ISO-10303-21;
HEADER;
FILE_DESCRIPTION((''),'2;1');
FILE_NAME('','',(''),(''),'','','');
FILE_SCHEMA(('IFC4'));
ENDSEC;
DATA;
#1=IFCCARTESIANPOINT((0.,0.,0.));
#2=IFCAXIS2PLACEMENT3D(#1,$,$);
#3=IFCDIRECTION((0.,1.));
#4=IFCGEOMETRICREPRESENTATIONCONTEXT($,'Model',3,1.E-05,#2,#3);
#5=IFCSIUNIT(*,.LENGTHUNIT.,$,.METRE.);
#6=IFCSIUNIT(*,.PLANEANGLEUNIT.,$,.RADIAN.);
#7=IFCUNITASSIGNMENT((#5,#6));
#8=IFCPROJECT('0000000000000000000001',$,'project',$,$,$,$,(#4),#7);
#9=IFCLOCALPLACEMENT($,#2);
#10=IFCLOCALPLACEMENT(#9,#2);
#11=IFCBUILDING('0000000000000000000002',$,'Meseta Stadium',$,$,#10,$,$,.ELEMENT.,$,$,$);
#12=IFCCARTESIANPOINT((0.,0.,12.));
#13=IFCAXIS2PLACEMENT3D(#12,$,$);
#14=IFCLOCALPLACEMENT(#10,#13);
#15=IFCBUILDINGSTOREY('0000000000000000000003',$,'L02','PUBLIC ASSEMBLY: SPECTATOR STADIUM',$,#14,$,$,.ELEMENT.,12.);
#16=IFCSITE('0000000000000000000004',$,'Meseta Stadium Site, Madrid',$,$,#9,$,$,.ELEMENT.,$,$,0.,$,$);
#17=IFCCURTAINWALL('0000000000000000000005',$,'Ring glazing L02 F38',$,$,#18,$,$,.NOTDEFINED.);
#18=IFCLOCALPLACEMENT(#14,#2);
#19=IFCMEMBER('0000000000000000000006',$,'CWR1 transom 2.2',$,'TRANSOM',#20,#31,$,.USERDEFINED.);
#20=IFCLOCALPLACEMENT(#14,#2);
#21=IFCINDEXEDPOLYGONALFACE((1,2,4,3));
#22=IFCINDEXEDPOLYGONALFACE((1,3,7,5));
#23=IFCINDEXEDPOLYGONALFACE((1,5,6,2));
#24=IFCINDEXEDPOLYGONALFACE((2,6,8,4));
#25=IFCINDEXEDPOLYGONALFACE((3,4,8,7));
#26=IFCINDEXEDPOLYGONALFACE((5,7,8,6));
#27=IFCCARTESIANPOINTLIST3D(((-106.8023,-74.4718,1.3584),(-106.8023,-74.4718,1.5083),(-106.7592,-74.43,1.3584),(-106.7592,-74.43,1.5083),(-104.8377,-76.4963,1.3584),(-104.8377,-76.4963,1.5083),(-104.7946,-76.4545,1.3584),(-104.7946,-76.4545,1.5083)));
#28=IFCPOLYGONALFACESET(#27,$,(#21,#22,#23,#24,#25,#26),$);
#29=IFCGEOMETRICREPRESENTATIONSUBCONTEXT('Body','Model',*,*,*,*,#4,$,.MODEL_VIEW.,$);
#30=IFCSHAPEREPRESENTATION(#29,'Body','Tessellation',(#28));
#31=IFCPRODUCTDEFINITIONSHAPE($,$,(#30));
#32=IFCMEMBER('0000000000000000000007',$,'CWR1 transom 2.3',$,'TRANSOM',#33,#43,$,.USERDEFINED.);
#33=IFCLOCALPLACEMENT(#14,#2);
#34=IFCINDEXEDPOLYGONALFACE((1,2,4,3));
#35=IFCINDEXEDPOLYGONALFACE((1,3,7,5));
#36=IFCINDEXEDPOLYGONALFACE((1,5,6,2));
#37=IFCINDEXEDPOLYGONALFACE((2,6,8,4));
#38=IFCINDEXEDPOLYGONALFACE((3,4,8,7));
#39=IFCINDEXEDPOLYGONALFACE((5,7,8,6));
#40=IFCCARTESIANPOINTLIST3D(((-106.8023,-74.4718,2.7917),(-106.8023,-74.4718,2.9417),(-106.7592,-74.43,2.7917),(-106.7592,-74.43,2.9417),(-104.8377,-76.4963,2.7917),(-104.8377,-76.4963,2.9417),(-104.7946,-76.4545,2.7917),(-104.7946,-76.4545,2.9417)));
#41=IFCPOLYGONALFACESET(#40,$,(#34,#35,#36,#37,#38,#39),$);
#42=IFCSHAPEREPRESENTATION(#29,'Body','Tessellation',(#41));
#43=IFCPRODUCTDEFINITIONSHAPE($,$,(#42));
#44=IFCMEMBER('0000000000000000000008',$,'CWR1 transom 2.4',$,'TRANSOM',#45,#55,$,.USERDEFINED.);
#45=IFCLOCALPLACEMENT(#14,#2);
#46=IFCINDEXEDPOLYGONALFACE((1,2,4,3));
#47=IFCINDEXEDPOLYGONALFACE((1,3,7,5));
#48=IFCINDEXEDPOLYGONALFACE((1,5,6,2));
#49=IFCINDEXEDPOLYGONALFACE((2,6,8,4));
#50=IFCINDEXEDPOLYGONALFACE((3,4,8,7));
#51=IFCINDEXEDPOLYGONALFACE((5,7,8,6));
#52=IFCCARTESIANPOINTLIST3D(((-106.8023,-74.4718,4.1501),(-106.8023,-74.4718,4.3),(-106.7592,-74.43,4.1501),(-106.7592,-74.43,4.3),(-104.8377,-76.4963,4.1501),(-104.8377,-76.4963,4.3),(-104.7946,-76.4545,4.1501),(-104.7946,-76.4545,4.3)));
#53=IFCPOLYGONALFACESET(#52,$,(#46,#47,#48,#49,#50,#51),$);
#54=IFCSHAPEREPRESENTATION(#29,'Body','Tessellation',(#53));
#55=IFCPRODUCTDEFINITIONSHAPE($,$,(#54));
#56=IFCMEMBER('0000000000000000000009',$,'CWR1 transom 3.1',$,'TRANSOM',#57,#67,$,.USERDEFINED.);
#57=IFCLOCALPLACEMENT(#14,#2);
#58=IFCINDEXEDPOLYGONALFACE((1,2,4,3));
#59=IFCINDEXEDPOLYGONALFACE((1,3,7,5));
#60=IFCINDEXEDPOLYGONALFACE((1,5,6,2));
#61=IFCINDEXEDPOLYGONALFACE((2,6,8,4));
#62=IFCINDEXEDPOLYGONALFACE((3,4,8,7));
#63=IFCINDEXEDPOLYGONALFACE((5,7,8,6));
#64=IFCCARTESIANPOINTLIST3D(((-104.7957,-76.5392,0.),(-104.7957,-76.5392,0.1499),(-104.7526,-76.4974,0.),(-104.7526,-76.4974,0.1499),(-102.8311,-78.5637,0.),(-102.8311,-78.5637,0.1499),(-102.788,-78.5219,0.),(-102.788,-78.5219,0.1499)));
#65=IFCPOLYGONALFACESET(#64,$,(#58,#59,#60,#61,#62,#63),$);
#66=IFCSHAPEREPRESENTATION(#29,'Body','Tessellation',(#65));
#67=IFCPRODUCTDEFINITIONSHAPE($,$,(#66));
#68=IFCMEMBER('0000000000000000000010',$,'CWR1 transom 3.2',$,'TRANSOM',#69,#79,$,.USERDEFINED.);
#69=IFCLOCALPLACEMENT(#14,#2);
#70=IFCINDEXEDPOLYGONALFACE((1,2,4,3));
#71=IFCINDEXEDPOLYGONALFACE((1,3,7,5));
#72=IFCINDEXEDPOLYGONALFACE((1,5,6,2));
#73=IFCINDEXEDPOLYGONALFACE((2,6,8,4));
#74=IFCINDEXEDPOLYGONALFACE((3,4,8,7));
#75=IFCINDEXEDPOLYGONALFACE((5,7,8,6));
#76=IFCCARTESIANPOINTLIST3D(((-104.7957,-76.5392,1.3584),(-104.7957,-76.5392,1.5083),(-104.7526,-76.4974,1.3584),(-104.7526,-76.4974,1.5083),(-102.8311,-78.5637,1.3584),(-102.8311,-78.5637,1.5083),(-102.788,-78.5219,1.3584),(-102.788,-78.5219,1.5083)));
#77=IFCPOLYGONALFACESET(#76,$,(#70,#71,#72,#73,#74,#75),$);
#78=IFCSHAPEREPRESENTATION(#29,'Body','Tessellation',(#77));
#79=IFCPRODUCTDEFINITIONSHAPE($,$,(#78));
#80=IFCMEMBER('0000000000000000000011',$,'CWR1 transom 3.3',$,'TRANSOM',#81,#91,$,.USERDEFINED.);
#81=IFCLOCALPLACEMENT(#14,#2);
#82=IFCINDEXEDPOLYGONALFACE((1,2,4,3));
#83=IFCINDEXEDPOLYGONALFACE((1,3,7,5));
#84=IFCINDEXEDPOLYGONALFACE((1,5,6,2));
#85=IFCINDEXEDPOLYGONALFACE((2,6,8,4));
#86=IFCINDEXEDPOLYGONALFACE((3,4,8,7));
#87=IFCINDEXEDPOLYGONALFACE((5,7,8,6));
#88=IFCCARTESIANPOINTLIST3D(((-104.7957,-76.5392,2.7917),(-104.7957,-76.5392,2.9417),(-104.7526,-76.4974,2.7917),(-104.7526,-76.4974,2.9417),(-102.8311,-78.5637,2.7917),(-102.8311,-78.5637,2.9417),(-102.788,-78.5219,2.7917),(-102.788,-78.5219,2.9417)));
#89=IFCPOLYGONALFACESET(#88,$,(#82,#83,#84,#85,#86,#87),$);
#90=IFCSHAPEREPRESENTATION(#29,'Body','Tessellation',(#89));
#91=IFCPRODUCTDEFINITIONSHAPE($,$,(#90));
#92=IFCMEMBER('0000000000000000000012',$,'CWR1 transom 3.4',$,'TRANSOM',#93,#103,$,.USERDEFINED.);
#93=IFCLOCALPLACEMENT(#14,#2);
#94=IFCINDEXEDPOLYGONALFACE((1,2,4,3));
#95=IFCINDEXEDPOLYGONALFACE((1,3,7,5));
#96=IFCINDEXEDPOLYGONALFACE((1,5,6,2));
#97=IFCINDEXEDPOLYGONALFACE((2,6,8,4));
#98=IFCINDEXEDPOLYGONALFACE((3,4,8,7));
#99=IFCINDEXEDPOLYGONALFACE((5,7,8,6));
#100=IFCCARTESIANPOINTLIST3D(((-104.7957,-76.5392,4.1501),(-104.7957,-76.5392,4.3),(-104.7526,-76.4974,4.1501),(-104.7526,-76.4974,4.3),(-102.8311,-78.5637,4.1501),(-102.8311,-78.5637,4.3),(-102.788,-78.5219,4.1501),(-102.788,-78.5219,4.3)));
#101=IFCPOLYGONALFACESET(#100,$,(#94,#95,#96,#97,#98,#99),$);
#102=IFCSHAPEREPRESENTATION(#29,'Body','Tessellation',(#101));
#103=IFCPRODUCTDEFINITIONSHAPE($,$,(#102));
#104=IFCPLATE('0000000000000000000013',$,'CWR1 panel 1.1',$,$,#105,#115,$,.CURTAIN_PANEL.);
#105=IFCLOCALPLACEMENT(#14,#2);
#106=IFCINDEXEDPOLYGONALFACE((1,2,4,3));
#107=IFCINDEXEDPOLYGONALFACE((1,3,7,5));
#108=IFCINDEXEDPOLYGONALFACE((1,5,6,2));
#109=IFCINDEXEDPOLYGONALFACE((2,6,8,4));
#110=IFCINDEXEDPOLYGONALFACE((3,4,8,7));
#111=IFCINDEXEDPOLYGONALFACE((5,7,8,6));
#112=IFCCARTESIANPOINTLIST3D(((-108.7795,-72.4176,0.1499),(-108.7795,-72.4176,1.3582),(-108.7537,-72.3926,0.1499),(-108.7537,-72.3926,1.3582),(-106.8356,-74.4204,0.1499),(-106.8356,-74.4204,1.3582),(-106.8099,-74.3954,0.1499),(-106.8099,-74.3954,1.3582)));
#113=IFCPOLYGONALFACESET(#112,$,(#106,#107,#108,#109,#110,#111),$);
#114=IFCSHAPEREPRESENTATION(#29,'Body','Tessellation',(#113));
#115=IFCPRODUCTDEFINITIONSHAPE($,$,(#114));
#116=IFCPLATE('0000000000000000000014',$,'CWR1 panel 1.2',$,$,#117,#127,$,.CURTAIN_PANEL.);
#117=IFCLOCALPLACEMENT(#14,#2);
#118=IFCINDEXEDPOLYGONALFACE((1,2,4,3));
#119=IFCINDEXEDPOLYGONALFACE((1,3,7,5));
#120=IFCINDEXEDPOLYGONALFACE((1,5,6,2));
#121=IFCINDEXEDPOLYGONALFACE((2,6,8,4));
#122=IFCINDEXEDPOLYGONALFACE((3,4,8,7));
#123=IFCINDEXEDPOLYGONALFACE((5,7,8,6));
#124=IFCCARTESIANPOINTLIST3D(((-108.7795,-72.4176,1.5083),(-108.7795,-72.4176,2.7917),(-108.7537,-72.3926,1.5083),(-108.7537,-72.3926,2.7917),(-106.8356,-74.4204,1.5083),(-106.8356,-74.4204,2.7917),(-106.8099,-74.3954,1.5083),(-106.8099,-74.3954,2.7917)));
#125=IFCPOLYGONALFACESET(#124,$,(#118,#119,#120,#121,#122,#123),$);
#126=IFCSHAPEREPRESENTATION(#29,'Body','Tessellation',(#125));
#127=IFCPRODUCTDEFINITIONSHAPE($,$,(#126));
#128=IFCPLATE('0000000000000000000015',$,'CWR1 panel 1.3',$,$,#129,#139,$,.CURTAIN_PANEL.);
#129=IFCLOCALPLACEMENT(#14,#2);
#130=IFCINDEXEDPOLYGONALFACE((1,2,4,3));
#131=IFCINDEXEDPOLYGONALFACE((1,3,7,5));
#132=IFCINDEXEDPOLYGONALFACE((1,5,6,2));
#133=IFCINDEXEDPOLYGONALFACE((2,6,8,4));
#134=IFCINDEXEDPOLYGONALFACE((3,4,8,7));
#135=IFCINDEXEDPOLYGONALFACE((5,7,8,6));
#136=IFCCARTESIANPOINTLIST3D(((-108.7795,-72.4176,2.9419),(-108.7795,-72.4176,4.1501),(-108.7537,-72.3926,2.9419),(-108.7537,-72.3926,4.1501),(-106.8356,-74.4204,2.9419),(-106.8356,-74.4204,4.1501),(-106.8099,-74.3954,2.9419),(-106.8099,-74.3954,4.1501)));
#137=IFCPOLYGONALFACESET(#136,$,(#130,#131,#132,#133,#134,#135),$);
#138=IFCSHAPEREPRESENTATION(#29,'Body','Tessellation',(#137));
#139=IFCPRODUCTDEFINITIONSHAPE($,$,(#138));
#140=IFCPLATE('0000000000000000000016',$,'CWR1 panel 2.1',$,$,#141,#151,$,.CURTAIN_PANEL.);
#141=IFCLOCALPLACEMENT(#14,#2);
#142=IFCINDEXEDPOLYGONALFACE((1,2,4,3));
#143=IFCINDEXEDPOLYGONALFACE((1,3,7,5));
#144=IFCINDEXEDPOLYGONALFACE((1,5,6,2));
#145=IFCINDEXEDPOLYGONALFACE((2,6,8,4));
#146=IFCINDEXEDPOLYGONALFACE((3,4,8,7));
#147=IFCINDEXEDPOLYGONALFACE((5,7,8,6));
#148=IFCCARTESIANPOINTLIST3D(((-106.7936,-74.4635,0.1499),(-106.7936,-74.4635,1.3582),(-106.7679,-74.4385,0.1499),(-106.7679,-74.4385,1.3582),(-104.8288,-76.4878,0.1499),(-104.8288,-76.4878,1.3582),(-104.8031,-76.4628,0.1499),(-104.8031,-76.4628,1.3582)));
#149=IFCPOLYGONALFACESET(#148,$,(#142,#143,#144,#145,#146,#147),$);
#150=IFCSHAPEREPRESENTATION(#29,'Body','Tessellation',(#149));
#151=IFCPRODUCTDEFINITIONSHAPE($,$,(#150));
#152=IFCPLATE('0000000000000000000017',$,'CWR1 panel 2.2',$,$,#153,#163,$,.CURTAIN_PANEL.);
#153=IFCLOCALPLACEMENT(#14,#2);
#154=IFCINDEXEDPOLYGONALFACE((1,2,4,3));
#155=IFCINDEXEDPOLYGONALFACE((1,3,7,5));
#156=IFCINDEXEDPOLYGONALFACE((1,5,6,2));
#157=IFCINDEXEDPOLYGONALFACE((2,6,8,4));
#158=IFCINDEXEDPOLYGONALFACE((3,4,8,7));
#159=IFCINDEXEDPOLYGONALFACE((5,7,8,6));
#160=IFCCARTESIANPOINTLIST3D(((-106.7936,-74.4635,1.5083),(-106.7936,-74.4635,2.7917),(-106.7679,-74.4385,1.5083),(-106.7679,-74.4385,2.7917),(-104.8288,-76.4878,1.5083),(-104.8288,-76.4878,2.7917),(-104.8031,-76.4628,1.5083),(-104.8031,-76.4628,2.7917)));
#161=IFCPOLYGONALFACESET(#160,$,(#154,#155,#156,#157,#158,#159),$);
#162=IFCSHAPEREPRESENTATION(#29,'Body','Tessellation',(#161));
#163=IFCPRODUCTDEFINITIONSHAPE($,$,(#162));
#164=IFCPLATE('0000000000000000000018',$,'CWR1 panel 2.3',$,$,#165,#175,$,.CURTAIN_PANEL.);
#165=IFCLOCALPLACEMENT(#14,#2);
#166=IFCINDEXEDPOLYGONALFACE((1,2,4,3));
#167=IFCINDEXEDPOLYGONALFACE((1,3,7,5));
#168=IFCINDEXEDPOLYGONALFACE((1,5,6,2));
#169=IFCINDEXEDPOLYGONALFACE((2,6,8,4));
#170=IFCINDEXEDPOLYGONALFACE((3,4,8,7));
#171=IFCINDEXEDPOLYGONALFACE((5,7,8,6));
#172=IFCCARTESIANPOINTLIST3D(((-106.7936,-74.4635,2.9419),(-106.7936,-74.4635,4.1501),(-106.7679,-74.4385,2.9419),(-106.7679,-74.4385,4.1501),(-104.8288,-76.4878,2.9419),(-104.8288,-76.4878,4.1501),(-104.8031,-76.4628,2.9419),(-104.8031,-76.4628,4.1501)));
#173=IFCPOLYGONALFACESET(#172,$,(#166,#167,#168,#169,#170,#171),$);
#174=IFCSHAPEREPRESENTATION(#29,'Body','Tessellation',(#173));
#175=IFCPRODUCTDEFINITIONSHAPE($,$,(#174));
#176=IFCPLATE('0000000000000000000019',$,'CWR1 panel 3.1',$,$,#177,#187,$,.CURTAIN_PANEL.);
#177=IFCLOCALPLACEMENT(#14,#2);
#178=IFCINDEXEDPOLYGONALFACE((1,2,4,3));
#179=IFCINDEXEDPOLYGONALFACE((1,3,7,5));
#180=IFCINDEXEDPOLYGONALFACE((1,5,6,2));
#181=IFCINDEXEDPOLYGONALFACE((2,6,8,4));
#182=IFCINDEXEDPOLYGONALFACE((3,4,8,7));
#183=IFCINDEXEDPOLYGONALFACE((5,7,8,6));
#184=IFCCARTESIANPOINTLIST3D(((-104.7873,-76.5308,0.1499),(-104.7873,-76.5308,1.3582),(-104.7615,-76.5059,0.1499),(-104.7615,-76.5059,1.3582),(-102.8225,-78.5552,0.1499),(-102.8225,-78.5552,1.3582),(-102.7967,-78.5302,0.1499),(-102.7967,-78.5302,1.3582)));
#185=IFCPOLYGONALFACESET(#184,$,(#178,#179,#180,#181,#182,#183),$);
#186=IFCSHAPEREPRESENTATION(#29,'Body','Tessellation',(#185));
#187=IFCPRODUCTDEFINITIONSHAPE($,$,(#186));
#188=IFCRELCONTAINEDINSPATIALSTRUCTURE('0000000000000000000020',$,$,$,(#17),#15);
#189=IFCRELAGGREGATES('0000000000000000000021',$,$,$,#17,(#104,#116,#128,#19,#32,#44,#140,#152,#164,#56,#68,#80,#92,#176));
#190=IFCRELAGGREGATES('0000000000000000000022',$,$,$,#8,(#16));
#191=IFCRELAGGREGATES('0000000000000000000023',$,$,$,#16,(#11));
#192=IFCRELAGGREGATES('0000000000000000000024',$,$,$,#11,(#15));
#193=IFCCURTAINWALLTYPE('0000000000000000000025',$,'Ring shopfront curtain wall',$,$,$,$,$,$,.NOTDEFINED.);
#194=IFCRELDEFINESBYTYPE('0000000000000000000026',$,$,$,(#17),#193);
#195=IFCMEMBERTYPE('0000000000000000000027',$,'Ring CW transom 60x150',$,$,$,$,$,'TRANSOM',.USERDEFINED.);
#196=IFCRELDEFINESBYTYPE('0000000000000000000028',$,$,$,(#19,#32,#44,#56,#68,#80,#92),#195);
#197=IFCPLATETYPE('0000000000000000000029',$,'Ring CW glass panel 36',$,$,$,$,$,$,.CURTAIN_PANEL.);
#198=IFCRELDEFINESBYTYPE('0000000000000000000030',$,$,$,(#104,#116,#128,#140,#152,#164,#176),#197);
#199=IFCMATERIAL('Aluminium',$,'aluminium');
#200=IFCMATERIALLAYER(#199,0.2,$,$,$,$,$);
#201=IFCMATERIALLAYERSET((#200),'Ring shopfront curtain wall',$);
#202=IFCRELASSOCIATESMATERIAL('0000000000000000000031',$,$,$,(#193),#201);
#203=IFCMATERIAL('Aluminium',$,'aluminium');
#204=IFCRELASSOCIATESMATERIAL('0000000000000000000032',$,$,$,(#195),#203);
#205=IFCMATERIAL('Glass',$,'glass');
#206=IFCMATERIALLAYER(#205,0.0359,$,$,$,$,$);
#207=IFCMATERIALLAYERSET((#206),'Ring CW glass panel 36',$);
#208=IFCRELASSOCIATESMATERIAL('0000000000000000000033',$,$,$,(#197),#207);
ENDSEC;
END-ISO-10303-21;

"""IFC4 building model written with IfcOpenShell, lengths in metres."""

from ifc_helpers import new_model, si_unit, direction, frame, origin, origin_2d, place, context, subcontext, project, spatial, rectangle, extrude, material, layer, layer_set, material_profile, profile_set, type_object, element, aggregate, save


model = new_model("IFC4")

# Units and contexts
model_context = context("Model", 3, precision=1e-05, world=origin(), true_north=direction((0.0, 1.0)))
body_context = subcontext(model_context, "Body", "Model", "MODEL_VIEW")
ifc_project = project(units=[si_unit("LENGTHUNIT", "METRE"), si_unit("PLANEANGLEUNIT", "RADIAN")], contexts=[model_context])

# Site, building, storey
site_placement = place(None, origin())
site = spatial("IfcSite", under=ifc_project, at=site_placement, Name="Meseta Stadium Site, Madrid", CompositionType="ELEMENT", RefElevation=0.0)
building_placement = place(site_placement, origin())
building = spatial("IfcBuilding", under=site, at=building_placement, Name="Meseta Stadium", CompositionType="ELEMENT")
storey_placement = place(building_placement, frame((0.0, 0.0, 12.0)))
storey = spatial("IfcBuildingStorey", under=building, at=storey_placement, Name="L02", Description="PUBLIC ASSEMBLY: SPECTATOR STADIUM", CompositionType="ELEMENT", Elevation=12.0)

# Shared definitions
ifc_material_1 = material(Name="Aluminium", Category="aluminium")
ifc_layer_1 = layer(ifc_material_1, 0.2)
ifc_layer_set_1 = layer_set([ifc_layer_1], Name="Ring shopfront curtain wall")
curtain_wall_type = type_object("IfcCurtainWallType", Name="Ring shopfront curtain wall", PredefinedType="NOTDEFINED", material=ifc_layer_set_1)

# Curtain wall, members, plates
curtain_wall_1_placement = place(storey_placement, origin())
curtain_wall_1 = element("IfcCurtainWall", 1, at=curtain_wall_1_placement, inside=storey, type_object=curtain_wall_type, Name="Ring glazing L02 F38", PredefinedType="NOTDEFINED")
ifc_material_2 = material(Name="Aluminium", Category="aluminium")
ifc_material_profile_1 = material_profile(ifc_material_2, rectangle(XDim=0.0601, YDim=0.1499, at=origin_2d()), Name="CW 60x150")
ifc_profile_set_1 = profile_set([ifc_material_profile_1], Name="Aluminium")
member_type_1 = type_object("IfcMemberType", Name="Ring CW transom 60x150", ElementType="TRANSOM", PredefinedType="USERDEFINED", material=ifc_profile_set_1)
member_1_placement = place(storey_placement, frame((-106.7808, -74.4509, 1.4333), z_axis=(0.696426, -0.717629, 0.0), x_axis=(0.717629, 0.696426, 0.0)))
member_1 = element("IfcMember", 2, at=member_1_placement, type_object=member_type_1, Name="CWR1 transom 2.2", ObjectType="TRANSOM", PredefinedType="USERDEFINED", context=body_context, shape_type="SweptSolid", body=[
    extrude(rectangle(XDim=0.0601, YDim=0.1499, at=origin_2d()), origin(), (0.0, 0.0, 1.0), 2.821),
])
member_2_placement = place(storey_placement, frame((-106.7808, -74.4509, 2.8667), z_axis=(0.696426, -0.717629, 0.0), x_axis=(0.717629, 0.696426, 0.0)))
member_2 = element("IfcMember", 3, at=member_2_placement, type_object=member_type_1, Name="CWR1 transom 2.3", ObjectType="TRANSOM", PredefinedType="USERDEFINED", context=body_context, shape_type="SweptSolid", body=[
    extrude(rectangle(XDim=0.0601, YDim=0.1499, at=origin_2d()), origin(), (0.0, 0.0, 1.0), 2.821),
])
member_3_placement = place(storey_placement, frame((-106.7808, -74.4509, 4.2251), z_axis=(0.696426, -0.717629, 0.0), x_axis=(0.717629, 0.696426, 0.0)))
member_3 = element("IfcMember", 4, at=member_3_placement, type_object=member_type_1, Name="CWR1 transom 2.4", ObjectType="TRANSOM", PredefinedType="USERDEFINED", context=body_context, shape_type="SweptSolid", body=[
    extrude(rectangle(XDim=0.0601, YDim=0.1499, at=origin_2d()), origin(), (0.0, 0.0, 1.0), 2.821),
])
member_4_placement = place(storey_placement, frame((-104.7742, -76.5183, 0.075), z_axis=(0.696426, -0.717629, 0.0), x_axis=(0.717629, 0.696426, 0.0)))
member_4 = element("IfcMember", 5, at=member_4_placement, type_object=member_type_1, Name="CWR1 transom 3.1", ObjectType="TRANSOM", PredefinedType="USERDEFINED", context=body_context, shape_type="SweptSolid", body=[
    extrude(rectangle(XDim=0.0601, YDim=0.1499, at=origin_2d()), origin(), (0.0, 0.0, 1.0), 2.821),
])
member_5_placement = place(storey_placement, frame((-104.7742, -76.5183, 1.4333), z_axis=(0.696426, -0.717629, 0.0), x_axis=(0.717629, 0.696426, 0.0)))
member_5 = element("IfcMember", 6, at=member_5_placement, type_object=member_type_1, Name="CWR1 transom 3.2", ObjectType="TRANSOM", PredefinedType="USERDEFINED", context=body_context, shape_type="SweptSolid", body=[
    extrude(rectangle(XDim=0.0601, YDim=0.1499, at=origin_2d()), origin(), (0.0, 0.0, 1.0), 2.821),
])
member_6_placement = place(storey_placement, frame((-104.7742, -76.5183, 2.8667), z_axis=(0.696426, -0.717629, 0.0), x_axis=(0.717629, 0.696426, 0.0)))
member_6 = element("IfcMember", 7, at=member_6_placement, type_object=member_type_1, Name="CWR1 transom 3.3", ObjectType="TRANSOM", PredefinedType="USERDEFINED", context=body_context, shape_type="SweptSolid", body=[
    extrude(rectangle(XDim=0.0601, YDim=0.1499, at=origin_2d()), origin(), (0.0, 0.0, 1.0), 2.821),
])
member_7_placement = place(storey_placement, frame((-104.7742, -76.5183, 4.2251), z_axis=(0.696426, -0.717629, 0.0), x_axis=(0.717629, 0.696426, 0.0)))
member_7 = element("IfcMember", 8, at=member_7_placement, type_object=member_type_1, Name="CWR1 transom 3.4", ObjectType="TRANSOM", PredefinedType="USERDEFINED", context=body_context, shape_type="SweptSolid", body=[
    extrude(rectangle(XDim=0.0601, YDim=0.1499, at=origin_2d()), origin(), (0.0, 0.0, 1.0), 2.821),
])
ifc_material_3 = material(Name="Glass", Category="glass")
ifc_layer_2 = layer(ifc_material_3, 0.0359)
ifc_layer_set_2 = layer_set([ifc_layer_2], Name="Ring CW glass panel 36")
plate_type_1 = type_object("IfcPlateType", Name="Ring CW glass panel 36", PredefinedType="CURTAIN_PANEL", material=ifc_layer_set_2)
plate_1_placement = place(storey_placement, frame((-107.7947, -73.4065, 0.1499), z_axis=(0.0, 0.0, 1.0), x_axis=(0.696473, -0.717583, 0.0)))
plate_1 = element("IfcPlate", 9, at=plate_1_placement, type_object=plate_type_1, Name="CWR1 panel 1.1", PredefinedType="CURTAIN_PANEL", context=body_context, shape_type="SweptSolid", body=[
    extrude(rectangle(XDim=2.791, YDim=0.0359, at=origin_2d()), origin(), (0.0, 0.0, 1.0), 1.2083),
])
plate_2_placement = place(storey_placement, frame((-107.7947, -73.4065, 1.5083), z_axis=(0.0, 0.0, 1.0), x_axis=(0.696473, -0.717583, 0.0)))
plate_2 = element("IfcPlate", 10, at=plate_2_placement, type_object=plate_type_1, Name="CWR1 panel 1.2", PredefinedType="CURTAIN_PANEL", context=body_context, shape_type="SweptSolid", body=[
    extrude(rectangle(XDim=2.791, YDim=0.0359, at=origin_2d()), origin(), (0.0, 0.0, 1.0), 1.2834),
])
plate_3_placement = place(storey_placement, frame((-107.7947, -73.4065, 2.9419), z_axis=(0.0, 0.0, 1.0), x_axis=(0.696473, -0.717583, 0.0)))
plate_3 = element("IfcPlate", 11, at=plate_3_placement, type_object=plate_type_1, Name="CWR1 panel 1.3", PredefinedType="CURTAIN_PANEL", context=body_context, shape_type="SweptSolid", body=[
    extrude(rectangle(XDim=2.791, YDim=0.0359, at=origin_2d()), origin(), (0.0, 0.0, 1.0), 1.2083),
])
plate_4_placement = place(storey_placement, frame((-105.7983, -75.4631, 0.1499), z_axis=(0.0, 0.0, 1.0), x_axis=(0.696473, -0.717583, 0.0)))
plate_4 = element("IfcPlate", 12, at=plate_4_placement, type_object=plate_type_1, Name="CWR1 panel 2.1", PredefinedType="CURTAIN_PANEL", context=body_context, shape_type="SweptSolid", body=[
    extrude(rectangle(XDim=2.821, YDim=0.0359, at=origin_2d()), origin(), (0.0, 0.0, 1.0), 1.2083),
])
plate_5_placement = place(storey_placement, frame((-105.7983, -75.4631, 1.5083), z_axis=(0.0, 0.0, 1.0), x_axis=(0.696473, -0.717583, 0.0)))
plate_5 = element("IfcPlate", 13, at=plate_5_placement, type_object=plate_type_1, Name="CWR1 panel 2.2", PredefinedType="CURTAIN_PANEL", context=body_context, shape_type="SweptSolid", body=[
    extrude(rectangle(XDim=2.821, YDim=0.0359, at=origin_2d()), origin(), (0.0, 0.0, 1.0), 1.2834),
])
plate_6_placement = place(storey_placement, frame((-105.7983, -75.4631, 2.9419), z_axis=(0.0, 0.0, 1.0), x_axis=(0.696473, -0.717583, 0.0)))
plate_6 = element("IfcPlate", 14, at=plate_6_placement, type_object=plate_type_1, Name="CWR1 panel 2.3", PredefinedType="CURTAIN_PANEL", context=body_context, shape_type="SweptSolid", body=[
    extrude(rectangle(XDim=2.821, YDim=0.0359, at=origin_2d()), origin(), (0.0, 0.0, 1.0), 1.2083),
])
plate_7_placement = place(storey_placement, frame((-103.792, -77.5305, 0.1499), z_axis=(0.0, 0.0, 1.0), x_axis=(0.696473, -0.717583, 0.0)))
plate_7 = element("IfcPlate", 15, at=plate_7_placement, type_object=plate_type_1, Name="CWR1 panel 3.1", PredefinedType="CURTAIN_PANEL", context=body_context, shape_type="SweptSolid", body=[
    extrude(rectangle(XDim=2.821, YDim=0.0359, at=origin_2d()), origin(), (0.0, 0.0, 1.0), 1.2083),
])
aggregate(curtain_wall_1, [plate_1, plate_2, plate_3, member_1, member_2, member_3, plate_4, plate_5, plate_6, member_4, member_5, member_6, member_7, plate_7])

save(model, "model.ifc")
